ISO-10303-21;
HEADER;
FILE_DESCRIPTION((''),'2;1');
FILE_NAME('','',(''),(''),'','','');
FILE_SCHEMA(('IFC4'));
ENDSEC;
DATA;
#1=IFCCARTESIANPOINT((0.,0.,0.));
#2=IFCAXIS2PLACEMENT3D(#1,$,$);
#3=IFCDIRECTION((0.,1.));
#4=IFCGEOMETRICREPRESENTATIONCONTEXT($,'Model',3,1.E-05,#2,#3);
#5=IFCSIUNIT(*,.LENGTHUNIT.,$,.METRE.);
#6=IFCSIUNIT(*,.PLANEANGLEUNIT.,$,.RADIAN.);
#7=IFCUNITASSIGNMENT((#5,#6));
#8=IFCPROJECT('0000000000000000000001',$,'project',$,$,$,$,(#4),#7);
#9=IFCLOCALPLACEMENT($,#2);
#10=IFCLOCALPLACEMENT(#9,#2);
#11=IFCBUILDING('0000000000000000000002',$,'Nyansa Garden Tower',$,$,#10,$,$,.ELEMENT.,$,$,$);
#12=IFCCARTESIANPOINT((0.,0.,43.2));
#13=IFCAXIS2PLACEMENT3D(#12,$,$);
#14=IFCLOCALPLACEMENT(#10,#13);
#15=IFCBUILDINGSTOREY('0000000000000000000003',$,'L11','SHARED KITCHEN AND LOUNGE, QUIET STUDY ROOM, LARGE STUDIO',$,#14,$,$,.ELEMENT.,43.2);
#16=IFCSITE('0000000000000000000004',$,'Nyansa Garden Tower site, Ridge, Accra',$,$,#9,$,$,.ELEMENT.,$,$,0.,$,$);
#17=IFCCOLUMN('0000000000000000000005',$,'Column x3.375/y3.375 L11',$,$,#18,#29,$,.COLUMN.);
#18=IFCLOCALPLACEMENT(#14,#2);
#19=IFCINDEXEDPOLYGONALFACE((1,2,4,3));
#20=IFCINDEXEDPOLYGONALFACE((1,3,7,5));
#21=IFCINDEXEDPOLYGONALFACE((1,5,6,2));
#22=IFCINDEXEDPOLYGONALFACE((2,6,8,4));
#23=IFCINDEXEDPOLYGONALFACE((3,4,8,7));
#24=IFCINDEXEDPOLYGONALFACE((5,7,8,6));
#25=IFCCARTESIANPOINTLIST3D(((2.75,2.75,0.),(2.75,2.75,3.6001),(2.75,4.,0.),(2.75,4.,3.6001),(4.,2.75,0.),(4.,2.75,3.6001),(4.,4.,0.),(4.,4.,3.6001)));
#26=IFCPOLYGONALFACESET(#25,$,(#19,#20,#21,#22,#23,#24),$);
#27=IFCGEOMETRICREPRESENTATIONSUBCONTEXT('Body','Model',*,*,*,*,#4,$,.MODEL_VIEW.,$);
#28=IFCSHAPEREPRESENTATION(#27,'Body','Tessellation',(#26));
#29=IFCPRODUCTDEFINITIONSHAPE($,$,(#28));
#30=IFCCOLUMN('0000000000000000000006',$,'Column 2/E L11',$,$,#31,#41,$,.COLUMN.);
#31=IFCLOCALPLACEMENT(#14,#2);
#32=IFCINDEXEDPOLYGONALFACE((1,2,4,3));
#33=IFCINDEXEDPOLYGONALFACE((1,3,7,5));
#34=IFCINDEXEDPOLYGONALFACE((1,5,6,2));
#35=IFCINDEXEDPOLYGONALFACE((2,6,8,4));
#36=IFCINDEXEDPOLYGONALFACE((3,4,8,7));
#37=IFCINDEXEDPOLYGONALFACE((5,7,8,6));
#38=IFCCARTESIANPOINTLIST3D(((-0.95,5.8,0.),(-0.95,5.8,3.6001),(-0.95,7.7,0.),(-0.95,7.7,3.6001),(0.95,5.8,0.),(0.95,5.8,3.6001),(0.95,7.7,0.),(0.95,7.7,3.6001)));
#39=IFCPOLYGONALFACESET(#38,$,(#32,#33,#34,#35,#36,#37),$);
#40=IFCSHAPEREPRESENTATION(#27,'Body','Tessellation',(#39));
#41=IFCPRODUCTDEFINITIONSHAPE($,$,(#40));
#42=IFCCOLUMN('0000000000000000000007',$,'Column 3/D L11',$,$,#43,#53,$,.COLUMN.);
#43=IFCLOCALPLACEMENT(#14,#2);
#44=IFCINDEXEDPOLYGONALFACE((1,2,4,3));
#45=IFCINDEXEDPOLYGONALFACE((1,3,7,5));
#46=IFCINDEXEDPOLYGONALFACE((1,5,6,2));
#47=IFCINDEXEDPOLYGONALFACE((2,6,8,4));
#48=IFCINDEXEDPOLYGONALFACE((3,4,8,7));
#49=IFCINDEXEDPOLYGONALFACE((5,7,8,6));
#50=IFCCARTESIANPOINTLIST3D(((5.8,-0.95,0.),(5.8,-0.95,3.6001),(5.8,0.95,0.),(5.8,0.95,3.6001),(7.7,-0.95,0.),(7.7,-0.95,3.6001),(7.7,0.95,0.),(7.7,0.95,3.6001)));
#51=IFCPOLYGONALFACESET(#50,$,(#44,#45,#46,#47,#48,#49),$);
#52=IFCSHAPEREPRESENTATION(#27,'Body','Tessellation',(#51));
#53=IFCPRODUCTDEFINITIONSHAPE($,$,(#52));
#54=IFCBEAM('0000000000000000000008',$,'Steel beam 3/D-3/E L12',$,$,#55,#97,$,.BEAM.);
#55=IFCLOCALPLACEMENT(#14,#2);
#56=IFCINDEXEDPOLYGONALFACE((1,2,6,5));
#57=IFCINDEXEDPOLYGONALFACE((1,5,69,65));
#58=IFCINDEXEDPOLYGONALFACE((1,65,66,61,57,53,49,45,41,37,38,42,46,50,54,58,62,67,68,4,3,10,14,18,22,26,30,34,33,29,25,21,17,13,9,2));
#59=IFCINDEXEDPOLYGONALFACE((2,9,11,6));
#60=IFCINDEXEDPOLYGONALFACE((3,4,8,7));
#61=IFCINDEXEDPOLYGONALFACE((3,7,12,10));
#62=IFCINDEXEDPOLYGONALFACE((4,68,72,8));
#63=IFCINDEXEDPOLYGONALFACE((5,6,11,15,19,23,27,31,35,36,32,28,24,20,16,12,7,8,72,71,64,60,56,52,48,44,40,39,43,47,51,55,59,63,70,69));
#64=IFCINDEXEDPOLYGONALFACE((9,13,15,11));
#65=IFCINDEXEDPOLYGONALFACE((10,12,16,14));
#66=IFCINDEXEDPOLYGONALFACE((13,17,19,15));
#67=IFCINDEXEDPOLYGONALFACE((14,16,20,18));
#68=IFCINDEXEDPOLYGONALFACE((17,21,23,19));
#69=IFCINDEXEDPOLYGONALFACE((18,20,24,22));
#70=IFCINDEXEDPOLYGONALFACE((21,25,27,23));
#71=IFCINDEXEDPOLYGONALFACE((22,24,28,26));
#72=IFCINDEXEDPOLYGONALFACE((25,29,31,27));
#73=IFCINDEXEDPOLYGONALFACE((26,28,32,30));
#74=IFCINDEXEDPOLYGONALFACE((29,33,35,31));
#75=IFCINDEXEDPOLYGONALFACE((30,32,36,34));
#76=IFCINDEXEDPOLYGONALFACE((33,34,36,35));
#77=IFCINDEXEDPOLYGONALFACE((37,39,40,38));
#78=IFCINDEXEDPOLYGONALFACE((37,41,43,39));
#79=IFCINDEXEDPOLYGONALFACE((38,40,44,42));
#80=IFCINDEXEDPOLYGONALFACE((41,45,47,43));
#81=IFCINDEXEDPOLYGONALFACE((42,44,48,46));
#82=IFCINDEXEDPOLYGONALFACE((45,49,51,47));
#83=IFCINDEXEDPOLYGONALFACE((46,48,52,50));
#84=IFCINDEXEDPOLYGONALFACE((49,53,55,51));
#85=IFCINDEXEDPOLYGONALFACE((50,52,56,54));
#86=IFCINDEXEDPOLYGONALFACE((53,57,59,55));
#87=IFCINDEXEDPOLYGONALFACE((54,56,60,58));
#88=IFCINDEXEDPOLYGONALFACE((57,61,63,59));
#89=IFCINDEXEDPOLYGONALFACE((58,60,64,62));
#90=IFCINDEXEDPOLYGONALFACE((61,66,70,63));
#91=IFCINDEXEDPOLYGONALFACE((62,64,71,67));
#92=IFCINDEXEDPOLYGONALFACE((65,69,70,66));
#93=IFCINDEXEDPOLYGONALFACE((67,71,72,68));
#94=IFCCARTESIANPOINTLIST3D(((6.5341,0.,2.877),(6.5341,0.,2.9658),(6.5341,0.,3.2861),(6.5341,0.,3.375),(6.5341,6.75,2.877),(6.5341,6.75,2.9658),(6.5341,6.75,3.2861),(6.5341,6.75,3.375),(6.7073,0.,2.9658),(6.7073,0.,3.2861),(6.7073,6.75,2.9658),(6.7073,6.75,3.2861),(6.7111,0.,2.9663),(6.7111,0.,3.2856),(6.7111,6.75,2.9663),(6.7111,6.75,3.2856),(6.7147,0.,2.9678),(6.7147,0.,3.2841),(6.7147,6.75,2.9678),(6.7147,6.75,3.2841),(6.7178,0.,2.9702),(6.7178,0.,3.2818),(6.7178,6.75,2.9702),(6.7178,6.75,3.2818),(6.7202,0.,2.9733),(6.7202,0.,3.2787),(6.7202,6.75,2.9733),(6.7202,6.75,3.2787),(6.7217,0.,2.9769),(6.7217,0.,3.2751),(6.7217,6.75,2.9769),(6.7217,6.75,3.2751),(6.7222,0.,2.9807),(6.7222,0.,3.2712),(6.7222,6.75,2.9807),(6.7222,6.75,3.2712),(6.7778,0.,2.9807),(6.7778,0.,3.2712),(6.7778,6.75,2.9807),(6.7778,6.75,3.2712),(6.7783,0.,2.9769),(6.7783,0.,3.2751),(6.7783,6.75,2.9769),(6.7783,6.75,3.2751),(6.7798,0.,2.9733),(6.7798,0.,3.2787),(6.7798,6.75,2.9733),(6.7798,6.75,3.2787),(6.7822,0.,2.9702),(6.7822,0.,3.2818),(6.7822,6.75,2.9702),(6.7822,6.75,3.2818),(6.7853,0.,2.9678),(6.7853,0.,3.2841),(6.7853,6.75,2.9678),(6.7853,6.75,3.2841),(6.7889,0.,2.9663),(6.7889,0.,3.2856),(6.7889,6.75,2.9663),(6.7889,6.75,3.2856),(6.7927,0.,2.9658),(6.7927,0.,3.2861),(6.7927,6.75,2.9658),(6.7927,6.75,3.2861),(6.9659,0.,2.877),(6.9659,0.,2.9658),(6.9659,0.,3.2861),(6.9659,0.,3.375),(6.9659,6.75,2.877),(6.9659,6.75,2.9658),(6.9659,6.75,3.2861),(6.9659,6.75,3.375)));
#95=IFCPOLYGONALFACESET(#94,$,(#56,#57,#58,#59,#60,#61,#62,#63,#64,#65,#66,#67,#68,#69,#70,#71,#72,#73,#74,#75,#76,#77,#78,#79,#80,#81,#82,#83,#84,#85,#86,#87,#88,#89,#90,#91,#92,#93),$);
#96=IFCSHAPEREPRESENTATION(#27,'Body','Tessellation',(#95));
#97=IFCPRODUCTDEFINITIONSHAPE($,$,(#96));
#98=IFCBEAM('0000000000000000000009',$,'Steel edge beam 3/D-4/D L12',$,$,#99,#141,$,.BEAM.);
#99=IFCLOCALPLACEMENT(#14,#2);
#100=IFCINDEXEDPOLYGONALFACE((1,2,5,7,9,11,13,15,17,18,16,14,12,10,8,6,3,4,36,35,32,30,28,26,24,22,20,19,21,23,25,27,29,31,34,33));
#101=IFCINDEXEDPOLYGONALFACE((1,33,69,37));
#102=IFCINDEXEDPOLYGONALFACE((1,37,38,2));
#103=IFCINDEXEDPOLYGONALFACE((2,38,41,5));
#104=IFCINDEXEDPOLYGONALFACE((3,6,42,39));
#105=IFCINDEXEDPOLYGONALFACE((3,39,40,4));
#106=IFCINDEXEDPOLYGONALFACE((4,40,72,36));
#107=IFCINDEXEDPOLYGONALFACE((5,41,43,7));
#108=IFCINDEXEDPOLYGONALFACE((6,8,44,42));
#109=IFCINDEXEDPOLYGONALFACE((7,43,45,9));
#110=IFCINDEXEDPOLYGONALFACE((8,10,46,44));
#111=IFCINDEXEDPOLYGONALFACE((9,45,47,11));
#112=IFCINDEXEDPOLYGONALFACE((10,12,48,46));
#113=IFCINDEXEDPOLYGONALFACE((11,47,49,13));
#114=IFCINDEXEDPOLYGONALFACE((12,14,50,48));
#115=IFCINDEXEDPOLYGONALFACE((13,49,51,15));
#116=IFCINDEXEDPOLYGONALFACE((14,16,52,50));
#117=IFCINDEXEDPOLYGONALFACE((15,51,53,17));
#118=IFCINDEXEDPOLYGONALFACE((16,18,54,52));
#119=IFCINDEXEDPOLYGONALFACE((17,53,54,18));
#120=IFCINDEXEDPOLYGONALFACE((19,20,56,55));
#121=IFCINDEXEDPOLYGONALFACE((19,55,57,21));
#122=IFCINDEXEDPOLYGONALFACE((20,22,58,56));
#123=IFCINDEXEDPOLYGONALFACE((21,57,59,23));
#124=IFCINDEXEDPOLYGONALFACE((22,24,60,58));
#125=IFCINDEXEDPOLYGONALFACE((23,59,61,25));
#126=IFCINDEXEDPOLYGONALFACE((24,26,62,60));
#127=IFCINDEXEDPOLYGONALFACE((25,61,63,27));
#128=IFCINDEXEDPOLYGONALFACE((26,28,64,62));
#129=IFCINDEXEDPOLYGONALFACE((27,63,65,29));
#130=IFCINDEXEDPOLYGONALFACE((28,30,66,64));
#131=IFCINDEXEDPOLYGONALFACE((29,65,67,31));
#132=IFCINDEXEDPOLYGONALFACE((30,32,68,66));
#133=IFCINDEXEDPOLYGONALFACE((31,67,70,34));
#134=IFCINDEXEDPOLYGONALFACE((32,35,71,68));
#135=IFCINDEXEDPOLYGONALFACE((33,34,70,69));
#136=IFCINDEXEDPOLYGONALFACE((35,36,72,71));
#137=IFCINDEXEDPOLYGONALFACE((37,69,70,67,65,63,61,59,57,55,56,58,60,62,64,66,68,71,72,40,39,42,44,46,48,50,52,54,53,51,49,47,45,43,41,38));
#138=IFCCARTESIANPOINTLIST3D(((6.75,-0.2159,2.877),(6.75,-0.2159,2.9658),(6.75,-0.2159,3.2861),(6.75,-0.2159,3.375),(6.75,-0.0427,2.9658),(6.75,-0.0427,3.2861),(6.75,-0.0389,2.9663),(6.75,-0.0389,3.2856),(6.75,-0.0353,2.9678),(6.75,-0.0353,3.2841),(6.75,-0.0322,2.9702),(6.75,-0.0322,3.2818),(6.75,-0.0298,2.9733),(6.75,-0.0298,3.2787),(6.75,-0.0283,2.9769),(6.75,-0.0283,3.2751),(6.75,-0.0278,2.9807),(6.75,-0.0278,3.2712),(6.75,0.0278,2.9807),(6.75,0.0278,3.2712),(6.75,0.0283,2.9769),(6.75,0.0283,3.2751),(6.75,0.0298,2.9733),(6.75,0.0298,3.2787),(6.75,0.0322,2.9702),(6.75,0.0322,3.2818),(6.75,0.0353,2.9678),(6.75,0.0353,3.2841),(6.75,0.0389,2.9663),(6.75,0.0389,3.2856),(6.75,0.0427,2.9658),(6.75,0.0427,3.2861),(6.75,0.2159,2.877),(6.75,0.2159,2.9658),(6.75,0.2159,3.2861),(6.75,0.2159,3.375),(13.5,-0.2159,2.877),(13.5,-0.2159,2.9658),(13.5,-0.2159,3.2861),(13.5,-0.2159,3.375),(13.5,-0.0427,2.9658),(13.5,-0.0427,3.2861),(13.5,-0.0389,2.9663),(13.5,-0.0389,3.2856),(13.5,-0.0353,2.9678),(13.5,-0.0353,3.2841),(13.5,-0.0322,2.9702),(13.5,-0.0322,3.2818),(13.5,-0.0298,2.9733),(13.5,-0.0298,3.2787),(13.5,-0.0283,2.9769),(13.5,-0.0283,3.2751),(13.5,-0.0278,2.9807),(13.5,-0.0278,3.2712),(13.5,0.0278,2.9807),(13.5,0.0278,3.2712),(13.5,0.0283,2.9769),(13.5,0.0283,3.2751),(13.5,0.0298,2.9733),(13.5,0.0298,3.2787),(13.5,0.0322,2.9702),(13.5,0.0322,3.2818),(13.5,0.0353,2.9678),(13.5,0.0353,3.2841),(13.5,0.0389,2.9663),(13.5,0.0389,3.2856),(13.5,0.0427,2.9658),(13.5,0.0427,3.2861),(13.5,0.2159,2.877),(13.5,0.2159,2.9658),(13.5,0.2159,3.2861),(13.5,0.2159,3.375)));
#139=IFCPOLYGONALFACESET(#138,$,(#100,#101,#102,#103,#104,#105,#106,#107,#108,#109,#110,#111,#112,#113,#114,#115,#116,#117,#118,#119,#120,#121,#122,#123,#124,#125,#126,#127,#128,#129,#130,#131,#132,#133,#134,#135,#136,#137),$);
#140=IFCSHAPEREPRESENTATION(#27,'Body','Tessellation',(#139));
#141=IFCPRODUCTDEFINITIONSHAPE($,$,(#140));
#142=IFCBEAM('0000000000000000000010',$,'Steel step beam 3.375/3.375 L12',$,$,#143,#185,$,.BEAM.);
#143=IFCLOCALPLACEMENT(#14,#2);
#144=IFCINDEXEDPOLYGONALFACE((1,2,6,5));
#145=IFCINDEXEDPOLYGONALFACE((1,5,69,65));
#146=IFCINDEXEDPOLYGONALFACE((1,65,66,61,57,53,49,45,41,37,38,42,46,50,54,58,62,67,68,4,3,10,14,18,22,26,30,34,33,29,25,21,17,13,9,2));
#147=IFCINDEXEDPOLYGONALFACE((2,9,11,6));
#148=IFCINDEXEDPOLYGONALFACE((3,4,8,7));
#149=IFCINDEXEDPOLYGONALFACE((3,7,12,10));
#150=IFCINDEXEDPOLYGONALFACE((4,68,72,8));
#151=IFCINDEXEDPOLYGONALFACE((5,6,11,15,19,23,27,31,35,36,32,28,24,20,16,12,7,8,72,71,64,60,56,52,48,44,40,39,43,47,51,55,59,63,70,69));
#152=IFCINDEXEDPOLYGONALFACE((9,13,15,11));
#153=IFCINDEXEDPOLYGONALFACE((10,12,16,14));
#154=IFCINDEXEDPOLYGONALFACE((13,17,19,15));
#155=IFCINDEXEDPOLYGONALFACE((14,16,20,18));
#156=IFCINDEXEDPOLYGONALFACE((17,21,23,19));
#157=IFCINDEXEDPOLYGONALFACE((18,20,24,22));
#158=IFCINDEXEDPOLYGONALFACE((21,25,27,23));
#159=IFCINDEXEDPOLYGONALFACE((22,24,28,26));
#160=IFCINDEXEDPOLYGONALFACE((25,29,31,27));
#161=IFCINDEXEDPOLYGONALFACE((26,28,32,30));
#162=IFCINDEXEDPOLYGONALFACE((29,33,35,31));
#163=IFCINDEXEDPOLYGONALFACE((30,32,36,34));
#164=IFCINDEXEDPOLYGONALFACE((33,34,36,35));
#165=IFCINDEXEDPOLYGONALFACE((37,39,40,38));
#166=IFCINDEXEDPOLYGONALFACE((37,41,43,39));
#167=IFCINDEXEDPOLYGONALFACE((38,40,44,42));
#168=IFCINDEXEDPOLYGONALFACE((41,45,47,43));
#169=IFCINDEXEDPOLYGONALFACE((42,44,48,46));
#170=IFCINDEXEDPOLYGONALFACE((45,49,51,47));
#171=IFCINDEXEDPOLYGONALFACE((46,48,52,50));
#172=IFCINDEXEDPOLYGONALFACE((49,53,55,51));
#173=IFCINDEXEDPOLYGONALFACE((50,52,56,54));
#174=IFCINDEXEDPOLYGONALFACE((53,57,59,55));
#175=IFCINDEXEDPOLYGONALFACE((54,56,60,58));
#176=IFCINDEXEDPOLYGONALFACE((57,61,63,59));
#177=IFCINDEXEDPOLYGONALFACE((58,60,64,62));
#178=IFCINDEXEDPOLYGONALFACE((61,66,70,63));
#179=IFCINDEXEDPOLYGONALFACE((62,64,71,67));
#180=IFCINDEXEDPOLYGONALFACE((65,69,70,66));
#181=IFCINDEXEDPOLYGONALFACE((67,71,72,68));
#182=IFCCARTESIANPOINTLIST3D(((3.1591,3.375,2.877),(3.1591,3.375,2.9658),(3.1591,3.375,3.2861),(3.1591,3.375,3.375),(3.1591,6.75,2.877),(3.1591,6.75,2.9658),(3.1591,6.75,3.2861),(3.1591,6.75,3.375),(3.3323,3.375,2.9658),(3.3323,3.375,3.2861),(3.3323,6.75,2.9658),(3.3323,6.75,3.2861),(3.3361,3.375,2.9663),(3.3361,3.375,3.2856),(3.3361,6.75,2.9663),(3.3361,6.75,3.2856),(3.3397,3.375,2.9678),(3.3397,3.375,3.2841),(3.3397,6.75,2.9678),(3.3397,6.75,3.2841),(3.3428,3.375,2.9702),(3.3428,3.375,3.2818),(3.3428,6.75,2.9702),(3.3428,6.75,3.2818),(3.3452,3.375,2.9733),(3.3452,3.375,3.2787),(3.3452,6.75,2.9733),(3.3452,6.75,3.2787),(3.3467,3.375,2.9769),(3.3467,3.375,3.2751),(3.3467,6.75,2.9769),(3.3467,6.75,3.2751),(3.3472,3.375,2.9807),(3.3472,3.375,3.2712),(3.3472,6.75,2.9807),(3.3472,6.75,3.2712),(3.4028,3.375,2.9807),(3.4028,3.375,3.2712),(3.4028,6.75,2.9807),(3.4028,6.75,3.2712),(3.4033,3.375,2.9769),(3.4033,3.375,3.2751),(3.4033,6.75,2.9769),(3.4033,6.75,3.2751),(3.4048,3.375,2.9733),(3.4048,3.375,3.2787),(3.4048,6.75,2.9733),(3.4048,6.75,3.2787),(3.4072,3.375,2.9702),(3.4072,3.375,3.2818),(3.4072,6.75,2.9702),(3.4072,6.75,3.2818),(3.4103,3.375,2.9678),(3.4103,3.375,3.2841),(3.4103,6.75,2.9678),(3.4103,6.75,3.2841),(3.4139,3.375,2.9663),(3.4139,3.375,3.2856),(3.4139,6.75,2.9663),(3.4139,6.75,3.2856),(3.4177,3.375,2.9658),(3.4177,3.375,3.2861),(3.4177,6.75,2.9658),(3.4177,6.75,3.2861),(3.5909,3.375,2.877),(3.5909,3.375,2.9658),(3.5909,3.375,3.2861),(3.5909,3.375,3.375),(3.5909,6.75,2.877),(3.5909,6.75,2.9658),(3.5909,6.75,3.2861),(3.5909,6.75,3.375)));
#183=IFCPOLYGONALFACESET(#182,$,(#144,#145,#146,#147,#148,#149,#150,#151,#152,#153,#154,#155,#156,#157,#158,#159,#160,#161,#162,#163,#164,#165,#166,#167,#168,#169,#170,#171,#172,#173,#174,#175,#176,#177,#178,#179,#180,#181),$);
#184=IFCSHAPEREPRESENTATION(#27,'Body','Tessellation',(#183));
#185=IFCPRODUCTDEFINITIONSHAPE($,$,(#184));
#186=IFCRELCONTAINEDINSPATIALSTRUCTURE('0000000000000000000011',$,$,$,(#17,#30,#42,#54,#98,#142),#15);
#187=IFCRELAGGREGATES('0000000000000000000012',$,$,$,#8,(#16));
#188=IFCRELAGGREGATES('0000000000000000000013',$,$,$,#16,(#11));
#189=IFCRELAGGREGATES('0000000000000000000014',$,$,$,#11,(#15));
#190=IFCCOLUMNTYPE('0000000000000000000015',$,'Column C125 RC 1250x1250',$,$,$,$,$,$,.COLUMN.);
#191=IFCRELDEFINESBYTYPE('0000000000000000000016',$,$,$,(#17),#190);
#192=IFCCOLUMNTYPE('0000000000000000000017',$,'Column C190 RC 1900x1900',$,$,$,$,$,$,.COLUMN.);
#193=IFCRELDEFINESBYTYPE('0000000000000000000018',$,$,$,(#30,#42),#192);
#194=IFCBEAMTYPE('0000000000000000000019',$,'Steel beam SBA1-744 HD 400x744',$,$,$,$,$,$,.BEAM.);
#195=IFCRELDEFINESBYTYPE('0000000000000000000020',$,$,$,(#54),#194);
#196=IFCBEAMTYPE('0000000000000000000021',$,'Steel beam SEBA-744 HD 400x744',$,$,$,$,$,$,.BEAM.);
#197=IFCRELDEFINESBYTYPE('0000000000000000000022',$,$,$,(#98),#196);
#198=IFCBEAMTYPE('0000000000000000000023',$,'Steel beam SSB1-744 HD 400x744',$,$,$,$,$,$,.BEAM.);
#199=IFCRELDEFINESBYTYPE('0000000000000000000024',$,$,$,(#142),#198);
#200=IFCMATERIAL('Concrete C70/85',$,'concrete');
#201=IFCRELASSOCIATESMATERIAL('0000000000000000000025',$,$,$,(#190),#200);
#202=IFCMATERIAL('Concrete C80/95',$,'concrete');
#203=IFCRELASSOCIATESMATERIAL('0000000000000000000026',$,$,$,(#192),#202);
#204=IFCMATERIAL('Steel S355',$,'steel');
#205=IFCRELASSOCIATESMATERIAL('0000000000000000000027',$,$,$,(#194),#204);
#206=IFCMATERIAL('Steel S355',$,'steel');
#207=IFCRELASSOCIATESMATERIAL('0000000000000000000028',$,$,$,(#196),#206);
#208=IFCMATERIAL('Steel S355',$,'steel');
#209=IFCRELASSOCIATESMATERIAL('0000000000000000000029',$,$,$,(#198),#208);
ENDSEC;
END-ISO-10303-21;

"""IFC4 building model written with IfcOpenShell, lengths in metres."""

from ifc_helpers import new_model, si_unit, direction, frame, origin, origin_2d, place, context, subcontext, project, spatial, rectangle, i_section, extrude, material, material_profile, profile_set, type_object, element, save


model = new_model("IFC4")

# Units and contexts
model_context = context("Model", 3, precision=1e-05, world=origin(), true_north=direction((0.0, 1.0)))
body_context = subcontext(model_context, "Body", "Model", "MODEL_VIEW")
ifc_project = project(units=[si_unit("LENGTHUNIT", "METRE"), si_unit("PLANEANGLEUNIT", "RADIAN")], contexts=[model_context])

# Site, building, storey
site_placement = place(None, origin())
site = spatial("IfcSite", under=ifc_project, at=site_placement, Name="Nyansa Garden Tower site, Ridge, Accra", CompositionType="ELEMENT", RefElevation=0.0)
building_placement = place(site_placement, origin())
building = spatial("IfcBuilding", under=site, at=building_placement, Name="Nyansa Garden Tower", CompositionType="ELEMENT")
storey_placement = place(building_placement, frame((0.0, 0.0, 43.2)))
storey = spatial("IfcBuildingStorey", under=building, at=storey_placement, Name="L11", Description="SHARED KITCHEN AND LOUNGE, QUIET STUDY ROOM, LARGE STUDIO", CompositionType="ELEMENT", Elevation=43.2)

# Columns
ifc_material_1 = material(Name="Concrete C70/85", Category="concrete")
ifc_material_profile_1 = material_profile(ifc_material_1, rectangle(XDim=1.25, YDim=1.25, at=origin_2d()), Name="RC 1250x1250")
ifc_profile_set_1 = profile_set([ifc_material_profile_1], Name="Concrete C70/85")
column_type_1 = type_object("IfcColumnType", Name="Column C125 RC 1250x1250", PredefinedType="COLUMN", material=ifc_profile_set_1)
column_placement = place(storey_placement, frame((3.375, 3.375, 0.0), z_axis=(0.0, 0.0, 1.0), x_axis=(1.0, 0.0, 0.0)))
element("IfcColumn", 1, at=column_placement, inside=storey, type_object=column_type_1, Name="Column x3.375/y3.375 L11", PredefinedType="COLUMN", context=body_context, shape_type="SweptSolid", body=[
    extrude(rectangle(XDim=1.25, YDim=1.25, at=origin_2d()), origin(), (0.0, 0.0, 1.0), 3.6001),
])
ifc_material_2 = material(Name="Concrete C80/95", Category="concrete")
ifc_material_profile_2 = material_profile(ifc_material_2, rectangle(XDim=1.8999, YDim=1.8999, at=origin_2d()), Name="RC 1900x1900")
ifc_profile_set_2 = profile_set([ifc_material_profile_2], Name="Concrete C80/95")
column_type_2 = type_object("IfcColumnType", Name="Column C190 RC 1900x1900", PredefinedType="COLUMN", material=ifc_profile_set_2)
for number, where, z_axis, x_axis, name in (
    (2, (0.0, 6.75, 0.0), (0.0, 0.0, 1.0), (1.0, 0.0, 0.0), "Column 2/E L11"),
    (3, (6.75, 0.0, 0.0), (0.0, 0.0, 1.0), (1.0, 0.0, 0.0), "Column 3/D L11"),
):
    element("IfcColumn", number, at=place(storey_placement, frame(where, z_axis=z_axis, x_axis=x_axis)), inside=storey, type_object=column_type_2, Name=name, PredefinedType="COLUMN", context=body_context, shape_type="SweptSolid", body=[
        extrude(rectangle(XDim=1.8999, YDim=1.8999, at=origin_2d()), origin(), (0.0, 0.0, 1.0), 3.6001),
    ])

# Beams
ifc_material_3 = material(Name="Steel S355", Category="steel")
ifc_material_profile_3 = material_profile(ifc_material_3, i_section(OverallWidth=0.4319, OverallDepth=0.498, WebThickness=0.0557, FlangeThickness=0.0889, FilletRadius=0.0149, at=origin_2d()), Name="HD 400x744")
ifc_profile_set_3 = profile_set([ifc_material_profile_3], Name="Steel S355")
beam_type_1 = type_object("IfcBeamType", Name="Steel beam SBA1-744 HD 400x744", PredefinedType="BEAM", material=ifc_profile_set_3)
beam_1_placement = place(storey_placement, frame((6.75, 0.0, 3.126), z_axis=(0.0, 1.0, 0.0), x_axis=(-1.0, 0.0, 0.0)))
element("IfcBeam", 4, at=beam_1_placement, inside=storey, type_object=beam_type_1, Name="Steel beam 3/D-3/E L12", PredefinedType="BEAM", context=body_context, shape_type="SweptSolid", body=[
    extrude(i_section(OverallWidth=0.4319, OverallDepth=0.498, WebThickness=0.0557, FlangeThickness=0.0889, FilletRadius=0.0149, at=origin_2d()), origin(), (0.0, 0.0, 1.0), 6.75),
])
ifc_material_4 = material(Name="Steel S355", Category="steel")
ifc_material_profile_4 = material_profile(ifc_material_4, i_section(OverallWidth=0.4319, OverallDepth=0.498, WebThickness=0.0557, FlangeThickness=0.0889, FilletRadius=0.0149, at=origin_2d()), Name="HD 400x744")
ifc_profile_set_4 = profile_set([ifc_material_profile_4], Name="Steel S355")
beam_type_2 = type_object("IfcBeamType", Name="Steel beam SEBA-744 HD 400x744", PredefinedType="BEAM", material=ifc_profile_set_4)
beam_2_placement = place(storey_placement, frame((6.75, 0.0, 3.126), z_axis=(1.0, 0.0, 0.0), x_axis=(0.0, 1.0, 0.0)))
element("IfcBeam", 5, at=beam_2_placement, inside=storey, type_object=beam_type_2, Name="Steel edge beam 3/D-4/D L12", PredefinedType="BEAM", context=body_context, shape_type="SweptSolid", body=[
    extrude(i_section(OverallWidth=0.4319, OverallDepth=0.498, WebThickness=0.0557, FlangeThickness=0.0889, FilletRadius=0.0149, at=origin_2d()), origin(), (0.0, 0.0, 1.0), 6.75),
])
ifc_material_5 = material(Name="Steel S355", Category="steel")
ifc_material_profile_5 = material_profile(ifc_material_5, i_section(OverallWidth=0.4319, OverallDepth=0.498, WebThickness=0.0557, FlangeThickness=0.0889, FilletRadius=0.0149, at=origin_2d()), Name="HD 400x744")
ifc_profile_set_5 = profile_set([ifc_material_profile_5], Name="Steel S355")
beam_type_3 = type_object("IfcBeamType", Name="Steel beam SSB1-744 HD 400x744", PredefinedType="BEAM", material=ifc_profile_set_5)
for number, where, z_axis, x_axis, name in (
    (6, (3.375, 3.375, 3.126), (0.0, 1.0, 0.0), (-1.0, 0.0, 0.0), "Steel step beam 3.375/3.375 L12"),
):
    element("IfcBeam", number, at=place(storey_placement, frame(where, z_axis=z_axis, x_axis=x_axis)), inside=storey, type_object=beam_type_3, Name=name, PredefinedType="BEAM", context=body_context, shape_type="SweptSolid", body=[
        extrude(i_section(OverallWidth=0.4319, OverallDepth=0.498, WebThickness=0.0557, FlangeThickness=0.0889, FilletRadius=0.0149, at=origin_2d()), origin(), (0.0, 0.0, 1.0), 3.375),
    ])

save(model, "model.ifc")
